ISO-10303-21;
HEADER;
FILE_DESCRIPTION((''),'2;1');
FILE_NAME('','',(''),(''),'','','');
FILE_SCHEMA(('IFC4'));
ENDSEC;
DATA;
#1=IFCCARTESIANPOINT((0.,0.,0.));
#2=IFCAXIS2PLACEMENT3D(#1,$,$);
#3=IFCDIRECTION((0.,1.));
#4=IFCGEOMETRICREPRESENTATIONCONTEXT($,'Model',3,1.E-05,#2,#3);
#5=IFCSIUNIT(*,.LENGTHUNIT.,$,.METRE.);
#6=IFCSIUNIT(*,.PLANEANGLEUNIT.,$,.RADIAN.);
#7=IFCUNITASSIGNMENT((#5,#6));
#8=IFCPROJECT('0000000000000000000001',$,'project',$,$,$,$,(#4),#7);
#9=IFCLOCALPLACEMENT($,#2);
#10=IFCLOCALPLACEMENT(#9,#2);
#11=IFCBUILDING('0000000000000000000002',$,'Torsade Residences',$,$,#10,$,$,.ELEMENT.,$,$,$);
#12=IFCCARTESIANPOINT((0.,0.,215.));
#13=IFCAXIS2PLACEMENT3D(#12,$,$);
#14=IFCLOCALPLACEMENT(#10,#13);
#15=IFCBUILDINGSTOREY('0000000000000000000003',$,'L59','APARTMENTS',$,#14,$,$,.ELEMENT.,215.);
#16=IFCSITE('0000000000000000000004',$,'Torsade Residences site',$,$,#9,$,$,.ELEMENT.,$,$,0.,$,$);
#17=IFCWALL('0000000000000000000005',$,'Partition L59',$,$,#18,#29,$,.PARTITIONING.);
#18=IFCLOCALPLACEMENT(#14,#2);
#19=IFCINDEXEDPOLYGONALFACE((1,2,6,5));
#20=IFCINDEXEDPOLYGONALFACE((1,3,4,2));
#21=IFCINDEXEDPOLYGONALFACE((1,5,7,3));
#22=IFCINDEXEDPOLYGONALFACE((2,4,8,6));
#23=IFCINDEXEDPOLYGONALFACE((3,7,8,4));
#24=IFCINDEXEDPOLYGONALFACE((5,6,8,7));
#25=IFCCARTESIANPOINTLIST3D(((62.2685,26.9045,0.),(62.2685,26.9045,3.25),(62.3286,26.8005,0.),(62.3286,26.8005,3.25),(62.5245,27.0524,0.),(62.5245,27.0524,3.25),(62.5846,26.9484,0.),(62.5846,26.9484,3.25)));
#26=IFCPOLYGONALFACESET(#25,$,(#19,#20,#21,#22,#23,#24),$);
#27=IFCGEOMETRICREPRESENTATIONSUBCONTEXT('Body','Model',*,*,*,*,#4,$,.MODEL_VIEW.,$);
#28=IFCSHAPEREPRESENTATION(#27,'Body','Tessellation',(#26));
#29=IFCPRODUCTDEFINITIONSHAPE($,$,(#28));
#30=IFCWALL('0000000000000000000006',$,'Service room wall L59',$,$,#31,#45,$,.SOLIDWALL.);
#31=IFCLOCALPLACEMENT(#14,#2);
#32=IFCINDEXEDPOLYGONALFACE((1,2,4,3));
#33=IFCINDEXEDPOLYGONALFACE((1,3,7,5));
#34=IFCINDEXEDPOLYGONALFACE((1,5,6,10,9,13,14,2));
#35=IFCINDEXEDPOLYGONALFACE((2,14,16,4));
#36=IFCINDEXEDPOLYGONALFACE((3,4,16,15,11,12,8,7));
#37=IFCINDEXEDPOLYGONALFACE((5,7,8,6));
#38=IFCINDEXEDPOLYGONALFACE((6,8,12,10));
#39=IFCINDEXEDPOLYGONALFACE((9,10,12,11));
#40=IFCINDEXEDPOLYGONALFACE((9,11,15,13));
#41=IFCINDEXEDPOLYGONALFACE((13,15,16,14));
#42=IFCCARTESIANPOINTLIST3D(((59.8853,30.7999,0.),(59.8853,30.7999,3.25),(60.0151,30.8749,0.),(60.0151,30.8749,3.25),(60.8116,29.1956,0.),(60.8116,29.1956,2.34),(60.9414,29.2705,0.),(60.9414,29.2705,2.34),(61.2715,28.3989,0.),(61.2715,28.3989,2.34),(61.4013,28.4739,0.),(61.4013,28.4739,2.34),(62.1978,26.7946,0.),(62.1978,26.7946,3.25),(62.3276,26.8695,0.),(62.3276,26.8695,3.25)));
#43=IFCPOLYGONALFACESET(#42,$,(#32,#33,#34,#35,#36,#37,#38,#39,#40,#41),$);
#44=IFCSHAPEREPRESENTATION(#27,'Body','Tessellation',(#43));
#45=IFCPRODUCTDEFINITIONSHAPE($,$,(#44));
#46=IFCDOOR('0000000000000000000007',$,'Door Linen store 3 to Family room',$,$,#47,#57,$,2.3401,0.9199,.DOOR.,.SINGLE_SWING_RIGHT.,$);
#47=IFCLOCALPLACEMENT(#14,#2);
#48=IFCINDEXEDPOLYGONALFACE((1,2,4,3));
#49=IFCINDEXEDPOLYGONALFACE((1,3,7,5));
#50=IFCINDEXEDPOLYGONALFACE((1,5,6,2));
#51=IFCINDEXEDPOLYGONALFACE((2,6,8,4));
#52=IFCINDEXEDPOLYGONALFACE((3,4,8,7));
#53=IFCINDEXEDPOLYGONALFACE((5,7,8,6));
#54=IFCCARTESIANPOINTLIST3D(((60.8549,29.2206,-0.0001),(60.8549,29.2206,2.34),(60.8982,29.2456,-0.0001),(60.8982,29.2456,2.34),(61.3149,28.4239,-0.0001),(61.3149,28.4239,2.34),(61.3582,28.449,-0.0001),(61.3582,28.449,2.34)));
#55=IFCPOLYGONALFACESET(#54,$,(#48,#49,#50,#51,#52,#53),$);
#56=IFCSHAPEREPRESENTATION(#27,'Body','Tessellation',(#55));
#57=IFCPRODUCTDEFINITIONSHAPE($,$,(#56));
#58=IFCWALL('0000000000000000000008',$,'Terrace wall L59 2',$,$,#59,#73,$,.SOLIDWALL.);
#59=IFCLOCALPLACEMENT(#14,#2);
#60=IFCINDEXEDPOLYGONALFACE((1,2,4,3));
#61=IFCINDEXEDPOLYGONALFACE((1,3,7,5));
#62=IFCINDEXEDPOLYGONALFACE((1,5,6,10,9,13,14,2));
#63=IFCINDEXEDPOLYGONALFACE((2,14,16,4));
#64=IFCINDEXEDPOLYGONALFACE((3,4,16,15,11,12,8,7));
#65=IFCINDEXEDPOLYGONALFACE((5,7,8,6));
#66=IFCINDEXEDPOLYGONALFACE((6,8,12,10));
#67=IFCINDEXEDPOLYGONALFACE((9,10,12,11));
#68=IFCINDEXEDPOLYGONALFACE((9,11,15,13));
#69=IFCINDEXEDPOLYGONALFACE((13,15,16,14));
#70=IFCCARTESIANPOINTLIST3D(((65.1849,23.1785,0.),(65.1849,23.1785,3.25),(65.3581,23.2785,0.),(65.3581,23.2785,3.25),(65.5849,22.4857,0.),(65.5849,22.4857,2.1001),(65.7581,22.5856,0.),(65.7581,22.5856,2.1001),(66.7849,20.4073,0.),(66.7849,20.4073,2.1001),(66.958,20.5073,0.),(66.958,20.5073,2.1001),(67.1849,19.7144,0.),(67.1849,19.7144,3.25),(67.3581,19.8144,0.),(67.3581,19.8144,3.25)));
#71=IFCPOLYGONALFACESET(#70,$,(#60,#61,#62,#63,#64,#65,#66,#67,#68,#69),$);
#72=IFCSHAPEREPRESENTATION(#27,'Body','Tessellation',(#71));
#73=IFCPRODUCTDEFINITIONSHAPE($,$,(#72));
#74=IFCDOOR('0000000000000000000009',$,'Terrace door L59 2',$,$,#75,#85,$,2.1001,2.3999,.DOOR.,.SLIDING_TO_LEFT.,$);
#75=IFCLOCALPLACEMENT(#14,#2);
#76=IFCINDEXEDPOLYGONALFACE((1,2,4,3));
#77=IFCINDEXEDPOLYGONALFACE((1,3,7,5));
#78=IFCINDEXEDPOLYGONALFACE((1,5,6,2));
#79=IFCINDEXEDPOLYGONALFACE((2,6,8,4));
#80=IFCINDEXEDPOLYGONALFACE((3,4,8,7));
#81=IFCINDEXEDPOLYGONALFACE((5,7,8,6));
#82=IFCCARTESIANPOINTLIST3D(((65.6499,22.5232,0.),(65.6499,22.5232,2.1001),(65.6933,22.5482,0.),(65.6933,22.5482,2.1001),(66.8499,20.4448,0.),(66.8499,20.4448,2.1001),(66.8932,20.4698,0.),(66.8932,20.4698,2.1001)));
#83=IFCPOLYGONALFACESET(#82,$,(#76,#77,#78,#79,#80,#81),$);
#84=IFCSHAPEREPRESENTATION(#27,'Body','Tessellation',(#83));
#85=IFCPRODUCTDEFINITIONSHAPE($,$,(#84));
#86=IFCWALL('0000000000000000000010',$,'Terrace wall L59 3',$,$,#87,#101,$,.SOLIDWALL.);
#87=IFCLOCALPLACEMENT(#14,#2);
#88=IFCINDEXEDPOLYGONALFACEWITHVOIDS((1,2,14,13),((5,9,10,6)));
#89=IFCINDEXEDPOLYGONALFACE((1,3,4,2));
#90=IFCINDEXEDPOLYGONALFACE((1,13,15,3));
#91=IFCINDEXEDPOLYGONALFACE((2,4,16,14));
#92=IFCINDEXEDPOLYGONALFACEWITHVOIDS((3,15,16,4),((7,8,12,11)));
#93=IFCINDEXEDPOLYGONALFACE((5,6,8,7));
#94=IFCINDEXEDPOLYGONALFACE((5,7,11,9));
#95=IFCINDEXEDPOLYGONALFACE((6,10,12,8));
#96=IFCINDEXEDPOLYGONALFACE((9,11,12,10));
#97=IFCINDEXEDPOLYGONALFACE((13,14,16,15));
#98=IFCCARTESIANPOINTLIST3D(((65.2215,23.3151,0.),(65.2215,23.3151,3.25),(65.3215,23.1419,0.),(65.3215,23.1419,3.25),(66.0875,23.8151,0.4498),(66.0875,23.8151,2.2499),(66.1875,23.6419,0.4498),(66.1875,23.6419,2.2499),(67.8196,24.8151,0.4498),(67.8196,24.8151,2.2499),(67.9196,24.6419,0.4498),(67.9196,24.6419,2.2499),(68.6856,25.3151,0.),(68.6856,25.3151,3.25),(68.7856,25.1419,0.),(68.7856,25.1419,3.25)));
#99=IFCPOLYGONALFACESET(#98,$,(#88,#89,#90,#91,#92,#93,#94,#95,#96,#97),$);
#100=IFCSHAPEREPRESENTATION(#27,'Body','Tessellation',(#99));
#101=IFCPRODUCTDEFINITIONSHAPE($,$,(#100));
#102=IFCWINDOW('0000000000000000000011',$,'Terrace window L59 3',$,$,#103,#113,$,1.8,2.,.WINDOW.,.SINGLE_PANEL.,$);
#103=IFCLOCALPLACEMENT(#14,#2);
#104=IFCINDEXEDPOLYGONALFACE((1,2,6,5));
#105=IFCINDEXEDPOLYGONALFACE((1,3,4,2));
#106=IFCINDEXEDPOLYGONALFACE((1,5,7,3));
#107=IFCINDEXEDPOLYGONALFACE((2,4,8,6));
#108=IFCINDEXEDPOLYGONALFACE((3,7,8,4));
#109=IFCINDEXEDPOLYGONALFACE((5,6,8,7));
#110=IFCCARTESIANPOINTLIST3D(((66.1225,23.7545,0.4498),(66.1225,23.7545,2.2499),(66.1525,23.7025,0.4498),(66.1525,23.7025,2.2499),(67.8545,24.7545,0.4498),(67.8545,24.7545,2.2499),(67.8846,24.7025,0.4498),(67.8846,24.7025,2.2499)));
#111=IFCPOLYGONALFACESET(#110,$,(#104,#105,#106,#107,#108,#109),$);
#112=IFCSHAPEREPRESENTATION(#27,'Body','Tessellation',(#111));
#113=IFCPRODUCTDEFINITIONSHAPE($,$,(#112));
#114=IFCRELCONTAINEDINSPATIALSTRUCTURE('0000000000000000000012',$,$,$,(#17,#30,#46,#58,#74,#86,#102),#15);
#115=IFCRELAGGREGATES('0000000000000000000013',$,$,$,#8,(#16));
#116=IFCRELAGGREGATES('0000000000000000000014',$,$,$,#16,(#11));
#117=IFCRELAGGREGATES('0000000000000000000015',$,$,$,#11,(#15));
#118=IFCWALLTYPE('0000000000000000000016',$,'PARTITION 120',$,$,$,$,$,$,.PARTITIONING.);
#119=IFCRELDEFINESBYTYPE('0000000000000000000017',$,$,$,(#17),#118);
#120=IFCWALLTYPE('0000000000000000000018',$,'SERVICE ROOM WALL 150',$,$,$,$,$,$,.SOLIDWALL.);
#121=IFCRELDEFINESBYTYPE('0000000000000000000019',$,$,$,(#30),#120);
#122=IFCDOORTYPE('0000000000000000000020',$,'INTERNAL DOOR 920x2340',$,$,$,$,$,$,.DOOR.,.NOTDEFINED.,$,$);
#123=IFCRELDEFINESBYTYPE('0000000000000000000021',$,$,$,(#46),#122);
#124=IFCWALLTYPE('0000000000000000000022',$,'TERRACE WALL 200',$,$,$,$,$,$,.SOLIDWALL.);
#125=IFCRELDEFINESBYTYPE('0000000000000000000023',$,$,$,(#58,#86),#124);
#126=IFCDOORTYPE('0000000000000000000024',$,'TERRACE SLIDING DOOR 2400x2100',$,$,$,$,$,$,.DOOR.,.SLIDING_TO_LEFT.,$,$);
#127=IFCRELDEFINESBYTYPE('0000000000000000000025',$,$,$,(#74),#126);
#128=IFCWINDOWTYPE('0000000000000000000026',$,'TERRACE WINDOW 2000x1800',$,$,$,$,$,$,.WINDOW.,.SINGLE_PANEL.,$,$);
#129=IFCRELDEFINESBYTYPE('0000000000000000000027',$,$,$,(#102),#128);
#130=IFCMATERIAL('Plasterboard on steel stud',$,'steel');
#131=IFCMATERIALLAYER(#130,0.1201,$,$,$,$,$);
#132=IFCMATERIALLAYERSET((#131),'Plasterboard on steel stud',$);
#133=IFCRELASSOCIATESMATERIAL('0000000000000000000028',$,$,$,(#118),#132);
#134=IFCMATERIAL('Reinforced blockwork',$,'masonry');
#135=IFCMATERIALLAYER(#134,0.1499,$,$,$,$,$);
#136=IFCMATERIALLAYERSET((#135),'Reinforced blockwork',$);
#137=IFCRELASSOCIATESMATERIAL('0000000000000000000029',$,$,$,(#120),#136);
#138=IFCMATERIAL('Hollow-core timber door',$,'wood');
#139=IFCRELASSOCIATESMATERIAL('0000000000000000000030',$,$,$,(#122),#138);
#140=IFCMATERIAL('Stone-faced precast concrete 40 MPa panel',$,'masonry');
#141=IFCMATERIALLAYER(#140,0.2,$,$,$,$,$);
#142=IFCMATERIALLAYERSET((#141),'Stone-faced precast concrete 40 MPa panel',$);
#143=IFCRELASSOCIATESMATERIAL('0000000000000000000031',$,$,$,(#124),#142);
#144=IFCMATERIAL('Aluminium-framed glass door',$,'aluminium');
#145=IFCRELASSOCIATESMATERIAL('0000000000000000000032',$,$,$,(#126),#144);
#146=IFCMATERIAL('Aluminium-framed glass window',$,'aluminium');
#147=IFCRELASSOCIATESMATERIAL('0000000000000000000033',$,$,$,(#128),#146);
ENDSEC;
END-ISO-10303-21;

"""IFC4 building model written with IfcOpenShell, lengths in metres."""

from ifc_helpers import new_model, si_unit, direction, frame, frame_2d, origin, place, context, subcontext, project, spatial, rectangle, extrude, material, layer, layer_set, type_object, element, fill, save


model = new_model("IFC4")

# Units and contexts
model_context = context("Model", 3, precision=1e-05, world=origin(), true_north=direction((0.0, 1.0)))
body_context = subcontext(model_context, "Body", "Model", "MODEL_VIEW")
ifc_project = project(units=[si_unit("LENGTHUNIT", "METRE"), si_unit("PLANEANGLEUNIT", "RADIAN")], contexts=[model_context])

# Site, building, storey
site_placement = place(None, origin())
site = spatial("IfcSite", under=ifc_project, at=site_placement, Name="Torsade Residences site", CompositionType="ELEMENT", RefElevation=0.0)
building_placement = place(site_placement, origin())
building = spatial("IfcBuilding", under=site, at=building_placement, Name="Torsade Residences", CompositionType="ELEMENT")
storey_placement = place(building_placement, frame((0.0, 0.0, 215.0)))
storey = spatial("IfcBuildingStorey", under=building, at=storey_placement, Name="L59", Description="APARTMENTS", CompositionType="ELEMENT", Elevation=215.0)

# Wall
ifc_material_1 = material(Name="Plasterboard on steel stud", Category="steel")
ifc_layer_1 = layer(ifc_material_1, 0.1201)
ifc_layer_set_1 = layer_set([ifc_layer_1], Name="Plasterboard on steel stud")
wall_type_1 = type_object("IfcWallType", Name="PARTITION 120", PredefinedType="PARTITIONING", material=ifc_layer_set_1)
wall_1_placement = place(storey_placement, frame((62.5547, 27.0005, 0.0), z_axis=(0.0, 0.0, 1.0), x_axis=(-0.865897, -0.500223, 0.0)))
element("IfcWall", 1, at=wall_1_placement, inside=storey, type_object=wall_type_1, Name="Partition L59", PredefinedType="PARTITIONING", context=body_context, shape_type="SweptSolid", body=[
    extrude(rectangle(XDim=0.2957, YDim=0.1201, at=frame_2d((0.1479, 0.0))), origin(), (0.0, 0.0, 1.0), 3.25),
])

# Walls, openings, doors
ifc_material_2 = material(Name="Reinforced blockwork", Category="masonry")
ifc_layer_2 = layer(ifc_material_2, 0.1499)
ifc_layer_set_2 = layer_set([ifc_layer_2], Name="Reinforced blockwork")
wall_type_2 = type_object("IfcWallType", Name="SERVICE ROOM WALL 150", PredefinedType="SOLIDWALL", material=ifc_layer_set_2)
wall_2_placement = place(storey_placement, frame((62.2627, 26.832, 0.0), z_axis=(0.0, 0.0, 1.0), x_axis=(-0.5, 0.866026, 0.0)))
wall_2 = element("IfcWall", 2, at=wall_2_placement, inside=storey, type_object=wall_type_2, Name="Service room wall L59", PredefinedType="SOLIDWALL", context=body_context, shape_type="SweptSolid", body=[
    extrude(rectangle(XDim=4.625, YDim=0.1499, at=frame_2d((2.3125, 0.0))), origin(), (0.0, 0.0, 1.0), 3.25),
])
opening_1_placement = place(wall_2_placement, frame((1.8525, 0.0, 0.0)))
opening_1 = element("IfcOpeningElement", 3, at=opening_1_placement, cuts=wall_2, PredefinedType="OPENING", context=body_context, shape_type="SweptSolid", body=[
    extrude(rectangle(XDim=0.9199, YDim=2.3401, at=frame_2d((0.46, 1.1699))), frame((0.0, 0.085, 0.0), z_axis=(0.0, -1.0, 0.0), x_axis=(1.0, 0.0, 0.0)), (0.0, 0.0, 1.0), 0.1699),
])
ifc_material_3 = material(Name="Hollow-core timber door", Category="wood")
door_type_1 = type_object("IfcDoorType", Name="INTERNAL DOOR 920x2340", OperationType="NOTDEFINED", PredefinedType="DOOR", material=ifc_material_3)
door_1_placement = place(opening_1_placement, origin())
door_1 = element("IfcDoor", 4, at=door_1_placement, inside=storey, type_object=door_type_1, Name="Door Linen store 3 to Family room", OperationType="SINGLE_SWING_RIGHT", OverallHeight=2.3401, OverallWidth=0.9199, PredefinedType="DOOR", context=body_context, shape_type="SweptSolid", body=[
    extrude(rectangle(XDim=0.9199, YDim=2.3401, at=frame_2d((0.46, 1.1699))), frame((0.0, 0.0249, 0.0), z_axis=(0.0, -1.0, 0.0), x_axis=(1.0, 0.0, 0.0)), (0.0, 0.0, 1.0), 0.05),
])
fill(opening_1, door_1)
ifc_material_4 = material(Name="Stone-faced precast concrete 40 MPa panel", Category="masonry")
ifc_layer_3 = layer(ifc_material_4, 0.2)
ifc_layer_set_3 = layer_set([ifc_layer_3], Name="Stone-faced precast concrete 40 MPa panel")
wall_type_3 = type_object("IfcWallType", Name="TERRACE WALL 200", PredefinedType="SOLIDWALL", material=ifc_layer_set_3)
wall_3_placement = place(storey_placement, frame((67.2715, 19.7644, 0.0), z_axis=(0.0, 0.0, 1.0), x_axis=(-0.499999, 0.866026, 0.0)))
wall_3 = element("IfcWall", 5, at=wall_3_placement, inside=storey, type_object=wall_type_3, Name="Terrace wall L59 2", PredefinedType="SOLIDWALL", context=body_context, shape_type="SweptSolid", body=[
    extrude(rectangle(XDim=4.0, YDim=0.2, at=frame_2d((2.0, 0.0))), origin(), (0.0, 0.0, 1.0), 3.25),
])
opening_2_placement = place(wall_3_placement, frame((0.8, 0.0, 0.0)))
opening_2 = element("IfcOpeningElement", 6, at=opening_2_placement, cuts=wall_3, PredefinedType="OPENING", context=body_context, shape_type="SweptSolid", body=[
    extrude(rectangle(XDim=2.3999, YDim=2.1001, at=frame_2d((1.2, 1.05))), frame((0.0, 0.1099, 0.0), z_axis=(0.0, -1.0, 0.0), x_axis=(1.0, 0.0, 0.0)), (0.0, 0.0, 1.0), 0.22),
])
ifc_material_5 = material(Name="Aluminium-framed glass door", Category="aluminium")
door_type_2 = type_object("IfcDoorType", Name="TERRACE SLIDING DOOR 2400x2100", OperationType="SLIDING_TO_LEFT", PredefinedType="DOOR", material=ifc_material_5)
door_2_placement = place(opening_2_placement, origin())
door_2 = element("IfcDoor", 7, at=door_2_placement, inside=storey, type_object=door_type_2, Name="Terrace door L59 2", OperationType="SLIDING_TO_LEFT", OverallHeight=2.1001, OverallWidth=2.3999, PredefinedType="DOOR", context=body_context, shape_type="SweptSolid", body=[
    extrude(rectangle(XDim=2.3999, YDim=2.1001, at=frame_2d((1.2, 1.05))), frame((0.0, 0.0249, 0.0), z_axis=(0.0, -1.0, 0.0), x_axis=(1.0, 0.0, 0.0)), (0.0, 0.0, 1.0), 0.05),
])
fill(opening_2, door_2)

# Wall, opening, window
wall_4_placement = place(storey_placement, frame((65.2715, 23.2285, 0.0), z_axis=(0.0, 0.0, 1.0), x_axis=(0.866026, 0.499999, 0.0)))
wall_4 = element("IfcWall", 8, at=wall_4_placement, inside=storey, type_object=wall_type_3, Name="Terrace wall L59 3", PredefinedType="SOLIDWALL", context=body_context, shape_type="SweptSolid", body=[
    extrude(rectangle(XDim=4.0, YDim=0.2, at=frame_2d((2.0, 0.0))), origin(), (0.0, 0.0, 1.0), 3.25),
])
opening_3_placement = place(wall_4_placement, frame((1.0, 0.0, 0.45)))
opening_3 = element("IfcOpeningElement", 9, at=opening_3_placement, cuts=wall_4, PredefinedType="OPENING", context=body_context, shape_type="SweptSolid", body=[
    extrude(rectangle(XDim=2.0, YDim=1.8, at=frame_2d((1.0, 0.8999))), frame((0.0, 0.1099, 0.0), z_axis=(0.0, -1.0, 0.0), x_axis=(1.0, 0.0, 0.0)), (0.0, 0.0, 1.0), 0.22),
])
ifc_material_6 = material(Name="Aluminium-framed glass window", Category="aluminium")
window_type = type_object("IfcWindowType", Name="TERRACE WINDOW 2000x1800", PartitioningType="SINGLE_PANEL", PredefinedType="WINDOW", material=ifc_material_6)
window_placement = place(opening_3_placement, origin())
window = element("IfcWindow", 10, at=window_placement, inside=storey, type_object=window_type, Name="Terrace window L59 3", OverallHeight=1.8, OverallWidth=2.0, PartitioningType="SINGLE_PANEL", PredefinedType="WINDOW", context=body_context, shape_type="SweptSolid", body=[
    extrude(rectangle(XDim=2.0, YDim=1.8, at=frame_2d((1.0, 0.8999))), frame((0.0, 0.03, 0.0), z_axis=(0.0, -1.0, 0.0), x_axis=(1.0, 0.0, 0.0)), (0.0, 0.0, 1.0), 0.0601),
])
fill(opening_3, window)

save(model, "model.ifc")
